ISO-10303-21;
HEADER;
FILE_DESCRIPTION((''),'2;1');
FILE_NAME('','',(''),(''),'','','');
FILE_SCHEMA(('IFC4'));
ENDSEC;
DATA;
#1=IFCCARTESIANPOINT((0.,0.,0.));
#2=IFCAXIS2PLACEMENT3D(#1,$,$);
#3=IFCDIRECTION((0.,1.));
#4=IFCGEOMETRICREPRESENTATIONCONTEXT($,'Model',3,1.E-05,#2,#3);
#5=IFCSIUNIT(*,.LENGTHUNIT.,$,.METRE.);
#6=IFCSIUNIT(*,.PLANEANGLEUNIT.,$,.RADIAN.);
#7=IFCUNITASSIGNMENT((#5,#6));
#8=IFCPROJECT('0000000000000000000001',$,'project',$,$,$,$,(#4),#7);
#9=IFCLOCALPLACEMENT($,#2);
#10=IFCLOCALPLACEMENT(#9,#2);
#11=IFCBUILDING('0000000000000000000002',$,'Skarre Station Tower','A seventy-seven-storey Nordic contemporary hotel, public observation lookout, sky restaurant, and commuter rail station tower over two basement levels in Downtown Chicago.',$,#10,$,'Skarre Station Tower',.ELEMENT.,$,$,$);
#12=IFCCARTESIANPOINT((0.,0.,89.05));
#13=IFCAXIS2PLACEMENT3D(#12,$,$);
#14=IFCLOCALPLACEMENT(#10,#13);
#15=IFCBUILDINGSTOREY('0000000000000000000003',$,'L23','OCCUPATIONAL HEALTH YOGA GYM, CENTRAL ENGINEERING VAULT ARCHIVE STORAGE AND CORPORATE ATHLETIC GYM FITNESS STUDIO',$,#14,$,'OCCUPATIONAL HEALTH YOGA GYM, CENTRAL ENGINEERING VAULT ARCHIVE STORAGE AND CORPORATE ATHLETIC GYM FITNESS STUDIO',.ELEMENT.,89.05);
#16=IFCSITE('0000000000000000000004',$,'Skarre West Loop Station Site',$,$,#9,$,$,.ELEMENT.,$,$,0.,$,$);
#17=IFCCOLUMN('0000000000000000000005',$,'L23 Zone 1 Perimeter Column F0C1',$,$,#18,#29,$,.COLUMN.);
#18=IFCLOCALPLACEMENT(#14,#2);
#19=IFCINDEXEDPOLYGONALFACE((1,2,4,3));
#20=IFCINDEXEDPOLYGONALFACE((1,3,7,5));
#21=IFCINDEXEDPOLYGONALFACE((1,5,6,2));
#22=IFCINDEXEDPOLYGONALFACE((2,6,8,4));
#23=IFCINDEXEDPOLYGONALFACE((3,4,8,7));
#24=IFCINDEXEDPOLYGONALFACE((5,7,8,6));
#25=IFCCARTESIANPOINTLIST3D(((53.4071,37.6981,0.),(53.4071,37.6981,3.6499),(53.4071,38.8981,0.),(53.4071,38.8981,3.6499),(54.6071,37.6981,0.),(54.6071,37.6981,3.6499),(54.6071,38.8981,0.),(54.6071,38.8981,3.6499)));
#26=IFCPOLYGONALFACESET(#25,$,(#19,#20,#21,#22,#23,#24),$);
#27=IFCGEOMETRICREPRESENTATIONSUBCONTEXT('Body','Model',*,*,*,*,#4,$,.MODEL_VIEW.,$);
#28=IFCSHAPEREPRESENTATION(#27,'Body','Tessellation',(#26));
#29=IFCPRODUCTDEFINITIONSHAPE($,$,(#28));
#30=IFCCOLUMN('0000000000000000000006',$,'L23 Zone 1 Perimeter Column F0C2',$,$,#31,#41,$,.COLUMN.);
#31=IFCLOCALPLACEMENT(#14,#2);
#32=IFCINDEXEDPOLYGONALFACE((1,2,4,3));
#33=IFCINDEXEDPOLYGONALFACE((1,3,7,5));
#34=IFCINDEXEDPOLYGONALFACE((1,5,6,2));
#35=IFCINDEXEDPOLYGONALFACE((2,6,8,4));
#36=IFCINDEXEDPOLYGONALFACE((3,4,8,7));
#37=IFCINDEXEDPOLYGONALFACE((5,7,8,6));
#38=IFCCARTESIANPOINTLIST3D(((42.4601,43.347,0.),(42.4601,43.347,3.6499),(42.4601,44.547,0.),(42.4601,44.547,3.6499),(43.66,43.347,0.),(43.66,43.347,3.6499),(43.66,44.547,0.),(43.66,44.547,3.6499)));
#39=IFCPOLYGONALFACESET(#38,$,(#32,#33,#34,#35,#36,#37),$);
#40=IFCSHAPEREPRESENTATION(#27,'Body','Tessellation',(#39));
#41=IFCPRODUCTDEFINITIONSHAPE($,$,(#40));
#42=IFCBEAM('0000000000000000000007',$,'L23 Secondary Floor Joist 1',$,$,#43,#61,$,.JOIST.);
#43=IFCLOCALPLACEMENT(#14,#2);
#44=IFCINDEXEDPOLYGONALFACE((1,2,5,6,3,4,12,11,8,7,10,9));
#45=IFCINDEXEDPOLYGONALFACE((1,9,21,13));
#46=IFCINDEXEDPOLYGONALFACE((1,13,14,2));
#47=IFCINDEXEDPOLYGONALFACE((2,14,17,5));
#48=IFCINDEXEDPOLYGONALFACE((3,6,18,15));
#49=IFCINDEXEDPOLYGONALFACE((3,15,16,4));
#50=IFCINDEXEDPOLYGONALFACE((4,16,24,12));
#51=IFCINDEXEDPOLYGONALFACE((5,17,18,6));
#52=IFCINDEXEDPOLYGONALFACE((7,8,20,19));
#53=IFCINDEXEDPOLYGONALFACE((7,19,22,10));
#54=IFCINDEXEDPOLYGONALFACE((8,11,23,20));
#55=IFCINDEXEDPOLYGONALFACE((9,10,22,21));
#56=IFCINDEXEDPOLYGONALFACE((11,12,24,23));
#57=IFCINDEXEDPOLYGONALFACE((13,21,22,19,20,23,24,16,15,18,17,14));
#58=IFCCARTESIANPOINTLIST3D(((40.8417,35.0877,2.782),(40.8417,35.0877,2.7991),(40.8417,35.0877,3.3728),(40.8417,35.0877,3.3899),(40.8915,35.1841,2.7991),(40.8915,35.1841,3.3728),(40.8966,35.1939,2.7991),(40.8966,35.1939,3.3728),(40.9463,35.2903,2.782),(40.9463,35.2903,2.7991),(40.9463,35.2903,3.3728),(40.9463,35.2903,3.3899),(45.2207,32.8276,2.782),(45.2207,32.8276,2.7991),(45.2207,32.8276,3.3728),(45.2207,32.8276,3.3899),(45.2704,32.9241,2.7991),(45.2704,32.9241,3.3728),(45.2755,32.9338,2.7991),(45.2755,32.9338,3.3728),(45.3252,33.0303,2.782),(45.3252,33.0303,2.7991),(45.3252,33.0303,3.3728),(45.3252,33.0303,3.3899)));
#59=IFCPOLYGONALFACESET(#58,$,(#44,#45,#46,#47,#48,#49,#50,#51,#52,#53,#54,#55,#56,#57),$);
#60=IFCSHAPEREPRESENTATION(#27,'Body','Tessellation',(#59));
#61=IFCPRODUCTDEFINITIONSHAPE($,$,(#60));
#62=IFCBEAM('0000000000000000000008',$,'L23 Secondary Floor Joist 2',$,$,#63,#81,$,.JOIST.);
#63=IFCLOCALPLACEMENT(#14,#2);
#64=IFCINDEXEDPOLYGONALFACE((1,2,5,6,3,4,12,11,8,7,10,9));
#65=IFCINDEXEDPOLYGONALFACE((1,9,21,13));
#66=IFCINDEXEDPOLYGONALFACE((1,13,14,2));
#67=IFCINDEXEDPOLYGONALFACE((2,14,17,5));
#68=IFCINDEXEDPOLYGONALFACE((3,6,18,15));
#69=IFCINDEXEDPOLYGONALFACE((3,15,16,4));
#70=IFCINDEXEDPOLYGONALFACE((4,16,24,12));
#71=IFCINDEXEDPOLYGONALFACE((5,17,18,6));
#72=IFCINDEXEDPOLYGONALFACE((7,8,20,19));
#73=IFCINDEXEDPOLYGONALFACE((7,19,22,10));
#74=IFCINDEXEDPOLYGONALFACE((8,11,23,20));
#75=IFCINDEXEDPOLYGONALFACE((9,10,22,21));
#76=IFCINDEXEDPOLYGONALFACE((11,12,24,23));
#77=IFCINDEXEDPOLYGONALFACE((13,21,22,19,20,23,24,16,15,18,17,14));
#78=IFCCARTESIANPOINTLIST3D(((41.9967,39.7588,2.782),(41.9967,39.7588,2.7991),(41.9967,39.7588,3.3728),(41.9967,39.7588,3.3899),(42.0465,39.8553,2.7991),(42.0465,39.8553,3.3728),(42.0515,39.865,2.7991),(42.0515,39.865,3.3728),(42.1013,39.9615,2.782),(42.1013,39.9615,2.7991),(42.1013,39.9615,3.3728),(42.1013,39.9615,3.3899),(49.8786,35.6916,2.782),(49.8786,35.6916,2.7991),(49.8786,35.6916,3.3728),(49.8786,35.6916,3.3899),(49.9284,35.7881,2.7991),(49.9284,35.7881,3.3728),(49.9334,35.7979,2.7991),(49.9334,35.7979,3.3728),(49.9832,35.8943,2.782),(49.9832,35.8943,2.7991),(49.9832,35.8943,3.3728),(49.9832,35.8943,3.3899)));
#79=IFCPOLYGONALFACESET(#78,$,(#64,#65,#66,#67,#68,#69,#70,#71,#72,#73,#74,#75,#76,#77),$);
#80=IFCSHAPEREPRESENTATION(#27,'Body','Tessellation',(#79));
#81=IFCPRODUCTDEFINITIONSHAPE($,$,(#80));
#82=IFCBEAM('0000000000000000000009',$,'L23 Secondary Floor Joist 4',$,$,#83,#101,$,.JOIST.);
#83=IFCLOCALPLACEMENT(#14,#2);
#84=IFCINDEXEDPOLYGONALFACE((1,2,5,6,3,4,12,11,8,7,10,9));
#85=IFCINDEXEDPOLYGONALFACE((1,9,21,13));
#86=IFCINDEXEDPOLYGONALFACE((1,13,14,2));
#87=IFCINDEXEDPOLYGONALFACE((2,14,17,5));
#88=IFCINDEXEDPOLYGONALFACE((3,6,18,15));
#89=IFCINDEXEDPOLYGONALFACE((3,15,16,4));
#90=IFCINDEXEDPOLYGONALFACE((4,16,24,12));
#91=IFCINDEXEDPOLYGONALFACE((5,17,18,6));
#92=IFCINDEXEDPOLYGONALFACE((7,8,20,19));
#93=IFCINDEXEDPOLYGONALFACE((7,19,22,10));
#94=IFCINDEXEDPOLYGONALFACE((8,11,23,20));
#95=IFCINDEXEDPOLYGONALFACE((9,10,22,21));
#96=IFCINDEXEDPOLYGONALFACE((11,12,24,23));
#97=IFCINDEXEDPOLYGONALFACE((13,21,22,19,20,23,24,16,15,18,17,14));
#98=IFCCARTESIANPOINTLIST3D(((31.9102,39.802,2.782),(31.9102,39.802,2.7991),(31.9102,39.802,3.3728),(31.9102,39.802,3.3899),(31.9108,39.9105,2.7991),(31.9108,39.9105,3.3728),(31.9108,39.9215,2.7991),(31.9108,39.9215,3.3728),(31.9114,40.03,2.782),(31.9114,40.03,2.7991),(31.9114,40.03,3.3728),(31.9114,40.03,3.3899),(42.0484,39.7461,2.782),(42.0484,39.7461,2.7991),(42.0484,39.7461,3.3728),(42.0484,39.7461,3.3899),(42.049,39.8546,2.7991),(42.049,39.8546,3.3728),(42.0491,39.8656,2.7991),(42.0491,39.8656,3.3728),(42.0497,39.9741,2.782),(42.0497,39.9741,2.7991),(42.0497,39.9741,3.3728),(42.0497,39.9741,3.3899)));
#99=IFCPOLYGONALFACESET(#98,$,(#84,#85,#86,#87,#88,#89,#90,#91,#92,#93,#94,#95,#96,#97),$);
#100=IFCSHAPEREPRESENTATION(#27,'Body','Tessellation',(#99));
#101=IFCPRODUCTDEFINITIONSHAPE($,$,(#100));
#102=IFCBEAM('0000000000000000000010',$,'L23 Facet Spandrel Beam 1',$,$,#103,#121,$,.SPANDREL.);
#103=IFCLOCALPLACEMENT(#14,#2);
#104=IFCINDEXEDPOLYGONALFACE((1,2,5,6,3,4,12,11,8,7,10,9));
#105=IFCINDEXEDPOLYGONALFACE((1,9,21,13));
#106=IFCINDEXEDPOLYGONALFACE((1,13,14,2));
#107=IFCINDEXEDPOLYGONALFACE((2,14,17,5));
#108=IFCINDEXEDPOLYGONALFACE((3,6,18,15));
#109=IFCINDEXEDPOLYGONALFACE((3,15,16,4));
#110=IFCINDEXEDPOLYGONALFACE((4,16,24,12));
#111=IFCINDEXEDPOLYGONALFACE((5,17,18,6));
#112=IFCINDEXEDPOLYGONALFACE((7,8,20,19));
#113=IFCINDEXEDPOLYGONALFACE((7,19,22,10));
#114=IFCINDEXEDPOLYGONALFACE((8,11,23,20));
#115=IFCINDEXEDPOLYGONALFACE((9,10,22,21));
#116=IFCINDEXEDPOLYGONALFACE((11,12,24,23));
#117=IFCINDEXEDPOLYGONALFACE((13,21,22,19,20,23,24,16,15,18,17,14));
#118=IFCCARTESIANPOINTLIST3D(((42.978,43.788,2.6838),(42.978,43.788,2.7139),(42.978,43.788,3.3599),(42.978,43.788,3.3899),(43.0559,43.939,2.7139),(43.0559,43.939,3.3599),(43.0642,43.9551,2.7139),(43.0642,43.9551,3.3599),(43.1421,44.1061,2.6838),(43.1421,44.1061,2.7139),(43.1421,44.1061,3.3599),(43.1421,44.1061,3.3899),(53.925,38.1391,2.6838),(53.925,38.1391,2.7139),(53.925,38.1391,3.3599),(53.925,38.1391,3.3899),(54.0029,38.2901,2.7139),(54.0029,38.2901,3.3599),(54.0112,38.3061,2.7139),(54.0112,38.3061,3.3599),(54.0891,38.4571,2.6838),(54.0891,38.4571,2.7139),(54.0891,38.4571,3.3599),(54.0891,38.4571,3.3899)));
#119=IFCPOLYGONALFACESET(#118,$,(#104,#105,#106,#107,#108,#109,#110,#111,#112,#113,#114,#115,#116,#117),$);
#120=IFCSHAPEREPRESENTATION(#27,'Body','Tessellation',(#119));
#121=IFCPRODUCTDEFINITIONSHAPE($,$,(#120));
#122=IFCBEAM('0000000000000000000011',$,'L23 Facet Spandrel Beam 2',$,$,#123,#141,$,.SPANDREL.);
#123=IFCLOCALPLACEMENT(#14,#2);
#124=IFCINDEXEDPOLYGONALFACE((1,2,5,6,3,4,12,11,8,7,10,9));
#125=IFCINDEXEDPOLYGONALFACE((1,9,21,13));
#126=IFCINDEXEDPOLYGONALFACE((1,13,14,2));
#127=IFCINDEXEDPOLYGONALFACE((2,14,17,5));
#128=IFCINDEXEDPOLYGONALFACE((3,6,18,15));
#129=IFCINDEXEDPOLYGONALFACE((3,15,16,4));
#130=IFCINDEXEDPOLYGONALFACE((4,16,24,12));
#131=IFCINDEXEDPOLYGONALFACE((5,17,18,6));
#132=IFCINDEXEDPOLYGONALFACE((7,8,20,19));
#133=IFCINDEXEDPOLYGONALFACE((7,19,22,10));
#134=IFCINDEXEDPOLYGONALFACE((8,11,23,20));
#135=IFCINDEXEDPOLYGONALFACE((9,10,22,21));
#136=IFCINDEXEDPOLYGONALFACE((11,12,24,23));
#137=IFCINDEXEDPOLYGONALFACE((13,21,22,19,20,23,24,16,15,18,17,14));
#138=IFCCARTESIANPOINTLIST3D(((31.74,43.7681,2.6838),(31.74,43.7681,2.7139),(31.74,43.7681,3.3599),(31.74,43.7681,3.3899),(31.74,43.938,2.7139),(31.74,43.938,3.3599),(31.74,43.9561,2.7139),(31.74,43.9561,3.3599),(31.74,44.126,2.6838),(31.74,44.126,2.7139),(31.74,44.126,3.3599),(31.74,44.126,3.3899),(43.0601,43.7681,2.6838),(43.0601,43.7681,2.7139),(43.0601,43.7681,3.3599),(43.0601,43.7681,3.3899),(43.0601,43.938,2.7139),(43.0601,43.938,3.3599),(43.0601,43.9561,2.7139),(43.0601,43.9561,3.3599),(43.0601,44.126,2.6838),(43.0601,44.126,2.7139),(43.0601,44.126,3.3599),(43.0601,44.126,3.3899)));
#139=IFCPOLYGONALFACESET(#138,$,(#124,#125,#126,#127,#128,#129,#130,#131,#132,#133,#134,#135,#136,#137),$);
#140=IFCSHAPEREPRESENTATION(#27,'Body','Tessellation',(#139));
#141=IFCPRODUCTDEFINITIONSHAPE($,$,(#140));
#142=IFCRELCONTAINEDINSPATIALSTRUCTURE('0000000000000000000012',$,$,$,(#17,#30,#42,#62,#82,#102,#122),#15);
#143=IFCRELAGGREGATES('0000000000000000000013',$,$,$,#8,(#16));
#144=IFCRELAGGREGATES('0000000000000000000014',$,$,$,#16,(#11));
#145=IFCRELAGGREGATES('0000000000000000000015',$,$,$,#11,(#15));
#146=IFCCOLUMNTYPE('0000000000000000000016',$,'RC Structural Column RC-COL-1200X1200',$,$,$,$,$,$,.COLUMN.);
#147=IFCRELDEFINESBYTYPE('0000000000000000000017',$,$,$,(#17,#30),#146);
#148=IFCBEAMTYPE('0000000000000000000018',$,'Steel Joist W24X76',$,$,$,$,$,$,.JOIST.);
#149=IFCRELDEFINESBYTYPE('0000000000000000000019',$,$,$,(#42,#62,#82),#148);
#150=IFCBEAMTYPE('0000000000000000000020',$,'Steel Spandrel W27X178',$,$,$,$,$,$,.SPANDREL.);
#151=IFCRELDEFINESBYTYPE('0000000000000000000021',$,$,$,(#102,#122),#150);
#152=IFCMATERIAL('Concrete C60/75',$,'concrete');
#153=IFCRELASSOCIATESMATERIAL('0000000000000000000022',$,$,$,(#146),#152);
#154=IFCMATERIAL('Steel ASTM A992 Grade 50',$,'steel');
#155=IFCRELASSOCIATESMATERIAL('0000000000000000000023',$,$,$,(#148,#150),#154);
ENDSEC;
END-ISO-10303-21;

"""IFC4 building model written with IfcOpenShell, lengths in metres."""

from ifc_helpers import new_model, si_unit, direction, frame, origin, origin_2d, place, context, subcontext, project, spatial, rectangle, i_section, extrude, material, material_profile, profile_set, type_object, element, save


model = new_model("IFC4")

# Units and contexts
model_context = context("Model", 3, precision=1e-05, world=origin(), true_north=direction((0.0, 1.0)))
body_context = subcontext(model_context, "Body", "Model", "MODEL_VIEW")
ifc_project = project(units=[si_unit("LENGTHUNIT", "METRE"), si_unit("PLANEANGLEUNIT", "RADIAN")], contexts=[model_context])

# Site, building, storey
site_placement = place(None, origin())
site = spatial("IfcSite", under=ifc_project, at=site_placement, Name="Skarre West Loop Station Site", CompositionType="ELEMENT", RefElevation=0.0)
building_placement = place(site_placement, origin())
building = spatial("IfcBuilding", under=site, at=building_placement, Name="Skarre Station Tower", Description="A seventy-seven-storey Nordic contemporary hotel, public observation lookout, sky restaurant, and commuter rail station tower over two basement levels in Downtown Chicago.", LongName="Skarre Station Tower", CompositionType="ELEMENT")
storey_placement = place(building_placement, frame((0.0, 0.0, 89.05)))
storey = spatial("IfcBuildingStorey", under=building, at=storey_placement, Name="L23", Description="OCCUPATIONAL HEALTH YOGA GYM, CENTRAL ENGINEERING VAULT ARCHIVE STORAGE AND CORPORATE ATHLETIC GYM FITNESS STUDIO", LongName="OCCUPATIONAL HEALTH YOGA GYM, CENTRAL ENGINEERING VAULT ARCHIVE STORAGE AND CORPORATE ATHLETIC GYM FITNESS STUDIO", CompositionType="ELEMENT", Elevation=89.05)

# Columns
ifc_material_1 = material(Name="Concrete C60/75", Category="concrete")
ifc_material_profile_1 = material_profile(ifc_material_1, rectangle(XDim=1.2, YDim=1.2, at=origin_2d()), Name="Concrete C60/75")
ifc_profile_set_1 = profile_set([ifc_material_profile_1], Name="Concrete C60/75")
column_type = type_object("IfcColumnType", Name="RC Structural Column RC-COL-1200X1200", PredefinedType="COLUMN", material=ifc_profile_set_1)
for number, where, z_axis, x_axis, name in (
    (1, (54.0071, 38.2981, 0.0), (0.0, 0.0, 1.0), (1.0, 0.0, 0.0), "L23 Zone 1 Perimeter Column F0C1"),
    (2, (43.0601, 43.947, 0.0), (0.0, 0.0, 1.0), (1.0, 0.0, 0.0), "L23 Zone 1 Perimeter Column F0C2"),
):
    element("IfcColumn", number, at=place(storey_placement, frame(where, z_axis=z_axis, x_axis=x_axis)), inside=storey, type_object=column_type, Name=name, PredefinedType="COLUMN", context=body_context, shape_type="SweptSolid", body=[
        extrude(rectangle(XDim=1.2, YDim=1.2, at=origin_2d()), origin(), (0.0, 0.0, 1.0), 3.6499),
    ])

# Beams
ifc_material_2 = material(Name="Steel ASTM A992 Grade 50", Category="steel")
ifc_material_profile_2 = material_profile(ifc_material_2, i_section(OverallWidth=0.228, OverallDepth=0.6079, WebThickness=0.011, FlangeThickness=0.0171, at=origin_2d()), Name="Steel ASTM A992 Grade 50")
ifc_profile_set_2 = profile_set([ifc_material_profile_2], Name="Steel ASTM A992 Grade 50")
beam_type_1 = type_object("IfcBeamType", Name="Steel Joist W24X76", PredefinedType="JOIST", material=ifc_profile_set_2)
beam_1_placement = place(storey_placement, frame((45.2729, 32.929, 3.0859), z_axis=(-0.888627, 0.458632, 0.0), x_axis=(-0.458632, -0.888627, 0.0)))
element("IfcBeam", 3, at=beam_1_placement, inside=storey, type_object=beam_type_1, Name="L23 Secondary Floor Joist 1", PredefinedType="JOIST", context=body_context, shape_type="SweptSolid", body=[
    extrude(i_section(OverallWidth=0.228, OverallDepth=0.6079, WebThickness=0.011, FlangeThickness=0.0171, at=origin_2d()), origin(), (0.0, 0.0, 1.0), 4.9277),
])
beam_2_placement = place(storey_placement, frame((49.9309, 35.793, 3.0859), z_axis=(-0.888662, 0.458562, 0.0), x_axis=(-0.458562, -0.888662, 0.0)))
element("IfcBeam", 4, at=beam_2_placement, inside=storey, type_object=beam_type_1, Name="L23 Secondary Floor Joist 2", PredefinedType="JOIST", context=body_context, shape_type="SweptSolid", body=[
    extrude(i_section(OverallWidth=0.228, OverallDepth=0.6079, WebThickness=0.011, FlangeThickness=0.0171, at=origin_2d()), origin(), (0.0, 0.0, 1.0), 8.8694),
])
beam_3_placement = place(storey_placement, frame((42.0491, 39.8601, 3.0859), z_axis=(-0.999985, 0.005515, 0.0), x_axis=(-0.005515, -0.999985, 0.0)))
element("IfcBeam", 5, at=beam_3_placement, inside=storey, type_object=beam_type_1, Name="L23 Secondary Floor Joist 4", PredefinedType="JOIST", context=body_context, shape_type="SweptSolid", body=[
    extrude(i_section(OverallWidth=0.228, OverallDepth=0.6079, WebThickness=0.011, FlangeThickness=0.0171, at=origin_2d()), origin(), (0.0, 0.0, 1.0), 10.1384),
])
ifc_material_profile_3 = material_profile(ifc_material_2, i_section(OverallWidth=0.3579, OverallDepth=0.7061, WebThickness=0.0181, FlangeThickness=0.03, at=origin_2d()), Name="Steel ASTM A992 Grade 50")
ifc_profile_set_3 = profile_set([ifc_material_profile_3], Name="Steel ASTM A992 Grade 50")
beam_type_2 = type_object("IfcBeamType", Name="Steel Spandrel W27X178", PredefinedType="SPANDREL", material=ifc_profile_set_3)
beam_4_placement = place(storey_placement, frame((54.0071, 38.2981, 3.0369), z_axis=(-0.888659, 0.458569, 0.0), x_axis=(-0.458569, -0.888659, 0.0)))
element("IfcBeam", 6, at=beam_4_placement, inside=storey, type_object=beam_type_2, Name="L23 Facet Spandrel Beam 1", PredefinedType="SPANDREL", context=body_context, shape_type="SweptSolid", body=[
    extrude(i_section(OverallWidth=0.3579, OverallDepth=0.7061, WebThickness=0.0181, FlangeThickness=0.03, at=origin_2d()), origin(), (0.0, 0.0, 1.0), 12.3186),
])
beam_5_placement = place(storey_placement, frame((43.0601, 43.947, 3.0369), z_axis=(-1.0, 0.0, 0.0), x_axis=(0.0, -1.0, 0.0)))
element("IfcBeam", 7, at=beam_5_placement, inside=storey, type_object=beam_type_2, Name="L23 Facet Spandrel Beam 2", PredefinedType="SPANDREL", context=body_context, shape_type="SweptSolid", body=[
    extrude(i_section(OverallWidth=0.3579, OverallDepth=0.7061, WebThickness=0.0181, FlangeThickness=0.03, at=origin_2d()), origin(), (0.0, 0.0, 1.0), 11.3201),
])

save(model, "model.ifc")
